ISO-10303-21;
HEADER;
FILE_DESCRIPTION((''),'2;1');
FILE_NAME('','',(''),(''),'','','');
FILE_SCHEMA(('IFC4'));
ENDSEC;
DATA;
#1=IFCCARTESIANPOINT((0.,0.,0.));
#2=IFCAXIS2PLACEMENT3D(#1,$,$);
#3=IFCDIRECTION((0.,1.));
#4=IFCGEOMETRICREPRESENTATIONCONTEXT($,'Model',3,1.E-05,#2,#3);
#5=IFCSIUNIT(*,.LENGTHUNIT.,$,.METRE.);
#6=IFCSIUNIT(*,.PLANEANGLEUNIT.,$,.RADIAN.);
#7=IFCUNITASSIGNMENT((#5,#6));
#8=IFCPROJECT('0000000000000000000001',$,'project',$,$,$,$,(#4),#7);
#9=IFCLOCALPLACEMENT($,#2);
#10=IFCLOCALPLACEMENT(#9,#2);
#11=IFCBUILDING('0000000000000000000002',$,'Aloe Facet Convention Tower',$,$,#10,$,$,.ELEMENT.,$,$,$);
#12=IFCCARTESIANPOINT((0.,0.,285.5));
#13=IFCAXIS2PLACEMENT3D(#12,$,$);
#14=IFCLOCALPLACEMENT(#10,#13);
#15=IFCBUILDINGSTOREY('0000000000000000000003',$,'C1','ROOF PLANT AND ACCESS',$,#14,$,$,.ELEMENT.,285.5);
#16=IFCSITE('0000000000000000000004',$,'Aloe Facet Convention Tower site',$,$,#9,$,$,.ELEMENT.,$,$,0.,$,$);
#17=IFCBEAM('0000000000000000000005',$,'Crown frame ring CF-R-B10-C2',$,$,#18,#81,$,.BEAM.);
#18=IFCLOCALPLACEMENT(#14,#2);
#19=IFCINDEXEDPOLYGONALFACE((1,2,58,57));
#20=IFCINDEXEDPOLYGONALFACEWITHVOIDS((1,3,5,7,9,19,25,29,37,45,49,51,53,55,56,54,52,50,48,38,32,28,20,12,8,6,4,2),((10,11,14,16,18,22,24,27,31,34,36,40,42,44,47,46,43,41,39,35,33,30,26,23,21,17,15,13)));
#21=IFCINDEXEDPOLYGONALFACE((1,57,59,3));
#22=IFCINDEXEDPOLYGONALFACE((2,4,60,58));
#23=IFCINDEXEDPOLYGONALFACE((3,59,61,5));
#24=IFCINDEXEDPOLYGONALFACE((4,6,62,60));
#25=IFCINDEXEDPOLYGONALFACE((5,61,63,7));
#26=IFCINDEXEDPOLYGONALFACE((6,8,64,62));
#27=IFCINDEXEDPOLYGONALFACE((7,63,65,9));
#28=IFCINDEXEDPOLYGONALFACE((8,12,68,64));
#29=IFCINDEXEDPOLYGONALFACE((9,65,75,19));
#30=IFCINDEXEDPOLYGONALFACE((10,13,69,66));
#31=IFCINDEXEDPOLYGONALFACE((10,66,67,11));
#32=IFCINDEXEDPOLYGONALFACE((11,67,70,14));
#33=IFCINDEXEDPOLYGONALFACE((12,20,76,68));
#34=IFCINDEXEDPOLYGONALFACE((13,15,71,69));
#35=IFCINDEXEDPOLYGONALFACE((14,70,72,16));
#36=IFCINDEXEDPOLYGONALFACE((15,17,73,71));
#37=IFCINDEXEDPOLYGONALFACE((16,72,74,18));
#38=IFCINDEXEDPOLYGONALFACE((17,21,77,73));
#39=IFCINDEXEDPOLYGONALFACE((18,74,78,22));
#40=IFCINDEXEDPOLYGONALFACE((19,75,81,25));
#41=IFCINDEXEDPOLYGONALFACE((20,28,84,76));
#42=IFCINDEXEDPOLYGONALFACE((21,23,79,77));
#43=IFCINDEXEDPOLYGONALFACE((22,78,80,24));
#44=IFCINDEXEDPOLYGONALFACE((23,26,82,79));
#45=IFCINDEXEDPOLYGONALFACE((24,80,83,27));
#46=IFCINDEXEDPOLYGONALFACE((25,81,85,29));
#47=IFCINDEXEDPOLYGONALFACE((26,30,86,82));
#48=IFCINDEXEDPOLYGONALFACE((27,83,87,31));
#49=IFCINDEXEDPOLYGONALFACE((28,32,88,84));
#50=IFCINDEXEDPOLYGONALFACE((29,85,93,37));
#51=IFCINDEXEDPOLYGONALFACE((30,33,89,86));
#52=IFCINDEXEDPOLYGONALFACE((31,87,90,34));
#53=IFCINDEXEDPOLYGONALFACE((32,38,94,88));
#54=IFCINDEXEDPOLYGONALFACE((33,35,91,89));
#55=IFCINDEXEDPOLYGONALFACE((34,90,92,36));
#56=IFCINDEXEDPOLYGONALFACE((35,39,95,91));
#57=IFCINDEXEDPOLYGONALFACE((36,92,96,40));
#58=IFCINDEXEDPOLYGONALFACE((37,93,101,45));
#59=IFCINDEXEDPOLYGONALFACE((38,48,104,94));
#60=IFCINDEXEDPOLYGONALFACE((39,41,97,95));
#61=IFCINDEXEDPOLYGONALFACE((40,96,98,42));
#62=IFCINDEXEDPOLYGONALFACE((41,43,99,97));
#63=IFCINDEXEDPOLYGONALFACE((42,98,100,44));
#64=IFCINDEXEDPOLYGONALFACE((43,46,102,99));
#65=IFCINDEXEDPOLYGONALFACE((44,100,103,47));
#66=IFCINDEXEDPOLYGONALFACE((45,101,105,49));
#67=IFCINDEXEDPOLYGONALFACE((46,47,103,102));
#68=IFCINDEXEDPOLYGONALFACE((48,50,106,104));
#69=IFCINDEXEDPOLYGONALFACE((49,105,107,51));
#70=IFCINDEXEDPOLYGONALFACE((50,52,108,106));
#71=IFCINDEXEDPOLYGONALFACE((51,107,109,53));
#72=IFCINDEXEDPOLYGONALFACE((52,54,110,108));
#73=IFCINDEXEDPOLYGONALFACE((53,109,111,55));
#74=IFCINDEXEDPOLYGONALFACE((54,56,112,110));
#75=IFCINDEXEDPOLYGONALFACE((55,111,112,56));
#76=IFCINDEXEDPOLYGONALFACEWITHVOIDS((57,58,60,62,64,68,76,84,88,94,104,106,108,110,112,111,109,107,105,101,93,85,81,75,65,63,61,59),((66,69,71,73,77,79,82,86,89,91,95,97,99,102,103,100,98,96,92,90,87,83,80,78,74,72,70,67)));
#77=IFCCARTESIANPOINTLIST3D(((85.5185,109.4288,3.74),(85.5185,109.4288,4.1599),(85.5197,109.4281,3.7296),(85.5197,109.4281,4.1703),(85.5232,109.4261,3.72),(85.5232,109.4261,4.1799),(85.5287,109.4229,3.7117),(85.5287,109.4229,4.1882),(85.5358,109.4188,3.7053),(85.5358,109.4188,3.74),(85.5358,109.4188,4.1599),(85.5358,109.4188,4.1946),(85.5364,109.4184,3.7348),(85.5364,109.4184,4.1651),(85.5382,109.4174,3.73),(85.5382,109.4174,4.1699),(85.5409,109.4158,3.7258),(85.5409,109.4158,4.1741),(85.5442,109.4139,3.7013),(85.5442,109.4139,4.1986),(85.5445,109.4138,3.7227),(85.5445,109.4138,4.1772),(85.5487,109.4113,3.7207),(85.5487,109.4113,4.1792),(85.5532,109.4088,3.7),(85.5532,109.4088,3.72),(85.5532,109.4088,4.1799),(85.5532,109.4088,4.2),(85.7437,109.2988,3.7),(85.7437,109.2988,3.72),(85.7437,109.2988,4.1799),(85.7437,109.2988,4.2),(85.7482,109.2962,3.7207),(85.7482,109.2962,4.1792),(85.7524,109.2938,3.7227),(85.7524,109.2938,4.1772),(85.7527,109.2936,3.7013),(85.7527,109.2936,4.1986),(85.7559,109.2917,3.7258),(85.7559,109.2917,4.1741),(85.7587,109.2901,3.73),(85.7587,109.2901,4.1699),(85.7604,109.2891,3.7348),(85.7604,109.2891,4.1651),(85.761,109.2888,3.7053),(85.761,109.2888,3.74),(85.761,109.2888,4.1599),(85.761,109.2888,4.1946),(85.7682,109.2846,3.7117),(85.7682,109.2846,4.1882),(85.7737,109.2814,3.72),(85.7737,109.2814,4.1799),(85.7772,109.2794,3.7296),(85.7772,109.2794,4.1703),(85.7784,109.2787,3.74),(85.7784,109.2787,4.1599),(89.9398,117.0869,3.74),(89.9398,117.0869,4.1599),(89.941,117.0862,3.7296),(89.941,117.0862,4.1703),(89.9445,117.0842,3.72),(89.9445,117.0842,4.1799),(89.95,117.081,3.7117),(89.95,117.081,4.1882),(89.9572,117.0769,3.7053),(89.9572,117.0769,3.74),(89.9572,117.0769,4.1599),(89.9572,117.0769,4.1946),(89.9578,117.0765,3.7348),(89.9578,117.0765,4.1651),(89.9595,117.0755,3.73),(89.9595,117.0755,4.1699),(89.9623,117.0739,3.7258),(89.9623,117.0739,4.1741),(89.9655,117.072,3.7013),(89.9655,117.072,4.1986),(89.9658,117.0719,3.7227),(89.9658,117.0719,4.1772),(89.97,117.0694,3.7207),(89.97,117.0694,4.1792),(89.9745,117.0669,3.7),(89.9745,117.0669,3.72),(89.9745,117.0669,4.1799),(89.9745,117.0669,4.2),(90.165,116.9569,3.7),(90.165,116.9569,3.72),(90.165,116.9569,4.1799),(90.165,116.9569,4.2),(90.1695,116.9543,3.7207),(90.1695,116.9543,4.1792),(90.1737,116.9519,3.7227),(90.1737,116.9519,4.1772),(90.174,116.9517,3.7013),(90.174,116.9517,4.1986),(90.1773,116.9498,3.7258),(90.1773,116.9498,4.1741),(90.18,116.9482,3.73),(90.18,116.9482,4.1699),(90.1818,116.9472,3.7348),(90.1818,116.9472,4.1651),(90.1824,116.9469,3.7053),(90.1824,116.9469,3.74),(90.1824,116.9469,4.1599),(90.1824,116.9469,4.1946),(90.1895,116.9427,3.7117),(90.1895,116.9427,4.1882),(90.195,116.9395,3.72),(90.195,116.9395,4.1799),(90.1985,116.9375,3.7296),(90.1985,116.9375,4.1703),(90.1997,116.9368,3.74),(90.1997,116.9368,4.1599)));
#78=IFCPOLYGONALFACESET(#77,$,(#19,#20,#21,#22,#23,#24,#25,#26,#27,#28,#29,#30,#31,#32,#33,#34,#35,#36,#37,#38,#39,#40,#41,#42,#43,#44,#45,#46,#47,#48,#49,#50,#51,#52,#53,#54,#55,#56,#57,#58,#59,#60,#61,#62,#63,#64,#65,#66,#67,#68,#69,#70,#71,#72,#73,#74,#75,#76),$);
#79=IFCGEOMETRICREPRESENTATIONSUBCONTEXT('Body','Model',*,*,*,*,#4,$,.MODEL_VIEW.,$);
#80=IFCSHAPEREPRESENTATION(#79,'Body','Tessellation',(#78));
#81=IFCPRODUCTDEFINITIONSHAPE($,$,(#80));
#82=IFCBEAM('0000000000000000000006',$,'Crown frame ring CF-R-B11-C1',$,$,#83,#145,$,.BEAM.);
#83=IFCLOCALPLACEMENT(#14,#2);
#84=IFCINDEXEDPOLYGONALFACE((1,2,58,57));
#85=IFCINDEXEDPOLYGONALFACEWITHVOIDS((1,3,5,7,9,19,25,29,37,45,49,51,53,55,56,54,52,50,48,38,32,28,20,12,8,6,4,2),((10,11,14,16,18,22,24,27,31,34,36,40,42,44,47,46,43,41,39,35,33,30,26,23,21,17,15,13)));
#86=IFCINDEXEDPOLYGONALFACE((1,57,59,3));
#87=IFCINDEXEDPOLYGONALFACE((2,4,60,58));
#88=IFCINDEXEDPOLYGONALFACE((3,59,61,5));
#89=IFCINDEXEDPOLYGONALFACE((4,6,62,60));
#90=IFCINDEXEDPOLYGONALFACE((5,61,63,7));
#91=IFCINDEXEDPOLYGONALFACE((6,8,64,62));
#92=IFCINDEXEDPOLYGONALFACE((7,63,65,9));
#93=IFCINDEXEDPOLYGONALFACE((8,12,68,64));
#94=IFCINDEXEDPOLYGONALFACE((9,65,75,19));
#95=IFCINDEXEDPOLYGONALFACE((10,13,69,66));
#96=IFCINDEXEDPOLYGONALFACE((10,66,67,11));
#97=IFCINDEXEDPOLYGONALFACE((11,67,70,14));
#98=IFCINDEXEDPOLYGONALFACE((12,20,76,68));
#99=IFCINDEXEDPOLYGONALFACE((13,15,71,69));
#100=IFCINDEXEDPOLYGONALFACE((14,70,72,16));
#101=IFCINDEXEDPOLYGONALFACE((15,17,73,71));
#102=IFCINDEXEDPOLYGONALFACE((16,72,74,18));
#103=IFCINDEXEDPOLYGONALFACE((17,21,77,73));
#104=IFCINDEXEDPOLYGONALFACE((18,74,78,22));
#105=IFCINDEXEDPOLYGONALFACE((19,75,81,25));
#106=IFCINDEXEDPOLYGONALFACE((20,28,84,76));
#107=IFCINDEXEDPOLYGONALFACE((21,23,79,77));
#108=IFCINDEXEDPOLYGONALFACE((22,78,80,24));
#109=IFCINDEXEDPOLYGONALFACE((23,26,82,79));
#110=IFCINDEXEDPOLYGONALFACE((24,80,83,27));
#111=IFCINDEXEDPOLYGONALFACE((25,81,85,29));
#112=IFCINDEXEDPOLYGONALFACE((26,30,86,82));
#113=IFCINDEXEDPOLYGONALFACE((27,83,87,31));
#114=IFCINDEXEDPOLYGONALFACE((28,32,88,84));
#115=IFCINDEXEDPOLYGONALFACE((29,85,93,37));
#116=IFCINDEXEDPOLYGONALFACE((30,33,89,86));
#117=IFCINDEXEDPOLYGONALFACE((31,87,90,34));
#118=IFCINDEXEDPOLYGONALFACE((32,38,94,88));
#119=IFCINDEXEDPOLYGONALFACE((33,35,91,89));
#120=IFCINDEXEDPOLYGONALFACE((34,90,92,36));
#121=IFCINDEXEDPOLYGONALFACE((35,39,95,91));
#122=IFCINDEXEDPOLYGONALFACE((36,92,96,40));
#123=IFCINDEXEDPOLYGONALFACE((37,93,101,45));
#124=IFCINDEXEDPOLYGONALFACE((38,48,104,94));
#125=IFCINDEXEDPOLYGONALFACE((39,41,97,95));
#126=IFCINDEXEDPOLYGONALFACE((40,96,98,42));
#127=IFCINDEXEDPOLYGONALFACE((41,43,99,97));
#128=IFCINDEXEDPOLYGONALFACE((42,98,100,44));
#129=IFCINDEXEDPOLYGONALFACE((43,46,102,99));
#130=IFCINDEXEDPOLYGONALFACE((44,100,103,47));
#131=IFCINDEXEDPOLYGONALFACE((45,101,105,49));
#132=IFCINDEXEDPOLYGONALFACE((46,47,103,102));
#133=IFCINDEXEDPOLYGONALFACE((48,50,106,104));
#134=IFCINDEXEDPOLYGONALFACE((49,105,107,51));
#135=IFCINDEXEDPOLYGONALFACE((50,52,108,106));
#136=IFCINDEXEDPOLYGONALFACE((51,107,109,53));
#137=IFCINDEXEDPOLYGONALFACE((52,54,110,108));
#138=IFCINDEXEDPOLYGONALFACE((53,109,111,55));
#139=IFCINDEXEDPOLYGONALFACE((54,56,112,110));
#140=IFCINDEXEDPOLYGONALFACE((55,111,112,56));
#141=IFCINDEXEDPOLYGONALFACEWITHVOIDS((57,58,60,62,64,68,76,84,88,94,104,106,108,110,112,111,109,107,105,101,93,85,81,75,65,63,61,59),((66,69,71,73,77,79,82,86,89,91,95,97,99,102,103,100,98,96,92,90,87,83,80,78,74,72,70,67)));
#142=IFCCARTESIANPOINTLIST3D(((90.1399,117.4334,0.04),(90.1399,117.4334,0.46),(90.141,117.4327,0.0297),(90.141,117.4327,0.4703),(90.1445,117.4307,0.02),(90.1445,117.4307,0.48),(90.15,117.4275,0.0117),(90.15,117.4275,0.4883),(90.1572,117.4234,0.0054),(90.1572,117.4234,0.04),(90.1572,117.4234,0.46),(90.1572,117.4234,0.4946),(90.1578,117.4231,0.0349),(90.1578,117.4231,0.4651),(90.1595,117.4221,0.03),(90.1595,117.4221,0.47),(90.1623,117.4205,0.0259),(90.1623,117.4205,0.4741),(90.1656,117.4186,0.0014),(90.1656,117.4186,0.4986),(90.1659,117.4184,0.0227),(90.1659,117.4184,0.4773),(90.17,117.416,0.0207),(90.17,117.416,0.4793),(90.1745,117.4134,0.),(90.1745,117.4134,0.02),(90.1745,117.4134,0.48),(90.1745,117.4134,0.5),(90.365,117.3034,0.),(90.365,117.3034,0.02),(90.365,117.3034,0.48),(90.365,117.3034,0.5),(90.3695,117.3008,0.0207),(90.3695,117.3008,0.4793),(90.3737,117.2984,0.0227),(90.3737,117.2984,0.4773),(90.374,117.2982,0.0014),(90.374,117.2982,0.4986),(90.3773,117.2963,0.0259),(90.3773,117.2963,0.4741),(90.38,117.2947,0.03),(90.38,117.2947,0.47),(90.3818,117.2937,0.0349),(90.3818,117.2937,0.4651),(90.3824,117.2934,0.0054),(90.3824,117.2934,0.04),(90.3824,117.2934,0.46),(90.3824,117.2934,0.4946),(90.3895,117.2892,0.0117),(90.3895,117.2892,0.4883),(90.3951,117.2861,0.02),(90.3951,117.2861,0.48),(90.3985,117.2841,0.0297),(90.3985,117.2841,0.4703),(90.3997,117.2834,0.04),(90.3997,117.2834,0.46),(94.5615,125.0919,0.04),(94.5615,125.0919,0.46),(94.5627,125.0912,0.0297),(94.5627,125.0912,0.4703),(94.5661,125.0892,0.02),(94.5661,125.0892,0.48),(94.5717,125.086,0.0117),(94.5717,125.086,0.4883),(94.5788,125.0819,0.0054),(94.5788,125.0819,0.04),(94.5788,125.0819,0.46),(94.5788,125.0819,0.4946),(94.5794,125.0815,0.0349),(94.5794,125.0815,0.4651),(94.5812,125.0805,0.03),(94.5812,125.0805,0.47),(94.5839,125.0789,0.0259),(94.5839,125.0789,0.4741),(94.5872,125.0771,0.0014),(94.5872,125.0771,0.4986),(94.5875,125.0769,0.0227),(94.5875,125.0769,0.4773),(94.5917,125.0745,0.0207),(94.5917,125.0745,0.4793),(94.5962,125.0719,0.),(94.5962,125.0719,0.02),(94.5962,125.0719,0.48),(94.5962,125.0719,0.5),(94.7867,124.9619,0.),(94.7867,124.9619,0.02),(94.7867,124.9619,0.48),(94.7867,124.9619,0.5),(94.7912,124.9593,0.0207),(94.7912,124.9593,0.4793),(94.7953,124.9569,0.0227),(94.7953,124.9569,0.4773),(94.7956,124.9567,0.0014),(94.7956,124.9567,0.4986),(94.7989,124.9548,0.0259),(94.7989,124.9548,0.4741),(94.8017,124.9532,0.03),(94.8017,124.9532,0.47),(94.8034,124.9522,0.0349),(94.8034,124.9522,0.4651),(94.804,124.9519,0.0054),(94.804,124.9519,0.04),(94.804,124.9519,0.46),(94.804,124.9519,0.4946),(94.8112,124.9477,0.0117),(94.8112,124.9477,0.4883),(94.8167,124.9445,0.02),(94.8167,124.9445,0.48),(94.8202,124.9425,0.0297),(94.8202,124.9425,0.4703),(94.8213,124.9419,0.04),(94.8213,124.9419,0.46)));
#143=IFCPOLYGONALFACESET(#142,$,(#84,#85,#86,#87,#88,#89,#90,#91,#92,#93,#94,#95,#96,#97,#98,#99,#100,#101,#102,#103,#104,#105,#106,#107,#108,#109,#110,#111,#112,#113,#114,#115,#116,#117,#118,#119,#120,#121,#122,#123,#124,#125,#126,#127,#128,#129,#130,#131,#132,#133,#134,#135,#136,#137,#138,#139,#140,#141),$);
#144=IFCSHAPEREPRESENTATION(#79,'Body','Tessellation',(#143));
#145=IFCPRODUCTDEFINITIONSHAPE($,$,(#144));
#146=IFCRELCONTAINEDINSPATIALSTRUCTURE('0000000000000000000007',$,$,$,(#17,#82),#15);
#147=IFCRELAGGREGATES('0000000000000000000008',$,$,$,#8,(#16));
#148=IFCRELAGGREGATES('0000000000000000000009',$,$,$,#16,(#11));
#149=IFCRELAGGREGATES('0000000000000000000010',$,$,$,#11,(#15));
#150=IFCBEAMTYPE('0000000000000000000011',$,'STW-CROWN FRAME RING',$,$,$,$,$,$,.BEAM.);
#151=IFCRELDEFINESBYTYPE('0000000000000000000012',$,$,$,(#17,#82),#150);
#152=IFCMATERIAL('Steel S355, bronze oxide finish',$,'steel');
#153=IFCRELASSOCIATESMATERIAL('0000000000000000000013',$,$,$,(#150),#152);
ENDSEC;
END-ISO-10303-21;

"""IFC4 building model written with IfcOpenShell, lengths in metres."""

from ifc_helpers import new_model, si_unit, direction, frame, origin, origin_2d, place, context, subcontext, project, spatial, hollow_rectangle, extrude, material, material_profile, profile_set, type_object, element, save


model = new_model("IFC4")

# Units and contexts
model_context = context("Model", 3, precision=1e-05, world=origin(), true_north=direction((0.0, 1.0)))
body_context = subcontext(model_context, "Body", "Model", "MODEL_VIEW")
ifc_project = project(units=[si_unit("LENGTHUNIT", "METRE"), si_unit("PLANEANGLEUNIT", "RADIAN")], contexts=[model_context])

# Site, building, storey
site_placement = place(None, origin())
site = spatial("IfcSite", under=ifc_project, at=site_placement, Name="Aloe Facet Convention Tower site", CompositionType="ELEMENT", RefElevation=0.0)
building_placement = place(site_placement, origin())
building = spatial("IfcBuilding", under=site, at=building_placement, Name="Aloe Facet Convention Tower", CompositionType="ELEMENT")
storey_placement = place(building_placement, frame((0.0, 0.0, 285.5)))
storey = spatial("IfcBuildingStorey", under=building, at=storey_placement, Name="C1", Description="ROOF PLANT AND ACCESS", CompositionType="ELEMENT", Elevation=285.5)

# Beams
ifc_material_1 = material(Name="Steel S355, bronze oxide finish", Category="steel")
ifc_material_profile_1 = material_profile(ifc_material_1, hollow_rectangle(XDim=0.3, YDim=0.5, WallThickness=0.02, InnerFilletRadius=0.02, OuterFilletRadius=0.04, at=origin_2d()), Name="RHS 500x300x20")
ifc_profile_set_1 = profile_set([ifc_material_profile_1], Name="Steel S355, bronze oxide finish")
beam_type = type_object("IfcBeamType", Name="STW-CROWN FRAME RING", PredefinedType="BEAM", material=ifc_profile_set_1)
for number, where, z_axis, x_axis, name in (
    (1, (85.6484, 109.3538, 3.95), (0.499993, 0.866029, 0.0), (-0.866029, 0.499993, 0.0), "Crown frame ring CF-R-B10-C2"),
):
    element("IfcBeam", number, at=place(storey_placement, frame(where, z_axis=z_axis, x_axis=x_axis)), inside=storey, type_object=beam_type, Name=name, PredefinedType="BEAM", context=body_context, shape_type="SweptSolid", body=[
        extrude(hollow_rectangle(XDim=0.3, YDim=0.5, WallThickness=0.02, InnerFilletRadius=0.02, OuterFilletRadius=0.04, at=origin_2d()), origin(), (0.0, 0.0, 1.0), 8.8428),
    ])
for number, where, z_axis, x_axis, name in (
    (2, (90.2698, 117.3584, 0.25), (0.500002, 0.866024, 0.0), (-0.866024, 0.500002, 0.0), "Crown frame ring CF-R-B11-C1"),
):
    element("IfcBeam", number, at=place(storey_placement, frame(where, z_axis=z_axis, x_axis=x_axis)), inside=storey, type_object=beam_type, Name=name, PredefinedType="BEAM", context=body_context, shape_type="SweptSolid", body=[
        extrude(hollow_rectangle(XDim=0.3, YDim=0.5, WallThickness=0.02, InnerFilletRadius=0.02, OuterFilletRadius=0.04, at=origin_2d()), origin(), (0.0, 0.0, 1.0), 8.8433),
    ])

save(model, "model.ifc")
